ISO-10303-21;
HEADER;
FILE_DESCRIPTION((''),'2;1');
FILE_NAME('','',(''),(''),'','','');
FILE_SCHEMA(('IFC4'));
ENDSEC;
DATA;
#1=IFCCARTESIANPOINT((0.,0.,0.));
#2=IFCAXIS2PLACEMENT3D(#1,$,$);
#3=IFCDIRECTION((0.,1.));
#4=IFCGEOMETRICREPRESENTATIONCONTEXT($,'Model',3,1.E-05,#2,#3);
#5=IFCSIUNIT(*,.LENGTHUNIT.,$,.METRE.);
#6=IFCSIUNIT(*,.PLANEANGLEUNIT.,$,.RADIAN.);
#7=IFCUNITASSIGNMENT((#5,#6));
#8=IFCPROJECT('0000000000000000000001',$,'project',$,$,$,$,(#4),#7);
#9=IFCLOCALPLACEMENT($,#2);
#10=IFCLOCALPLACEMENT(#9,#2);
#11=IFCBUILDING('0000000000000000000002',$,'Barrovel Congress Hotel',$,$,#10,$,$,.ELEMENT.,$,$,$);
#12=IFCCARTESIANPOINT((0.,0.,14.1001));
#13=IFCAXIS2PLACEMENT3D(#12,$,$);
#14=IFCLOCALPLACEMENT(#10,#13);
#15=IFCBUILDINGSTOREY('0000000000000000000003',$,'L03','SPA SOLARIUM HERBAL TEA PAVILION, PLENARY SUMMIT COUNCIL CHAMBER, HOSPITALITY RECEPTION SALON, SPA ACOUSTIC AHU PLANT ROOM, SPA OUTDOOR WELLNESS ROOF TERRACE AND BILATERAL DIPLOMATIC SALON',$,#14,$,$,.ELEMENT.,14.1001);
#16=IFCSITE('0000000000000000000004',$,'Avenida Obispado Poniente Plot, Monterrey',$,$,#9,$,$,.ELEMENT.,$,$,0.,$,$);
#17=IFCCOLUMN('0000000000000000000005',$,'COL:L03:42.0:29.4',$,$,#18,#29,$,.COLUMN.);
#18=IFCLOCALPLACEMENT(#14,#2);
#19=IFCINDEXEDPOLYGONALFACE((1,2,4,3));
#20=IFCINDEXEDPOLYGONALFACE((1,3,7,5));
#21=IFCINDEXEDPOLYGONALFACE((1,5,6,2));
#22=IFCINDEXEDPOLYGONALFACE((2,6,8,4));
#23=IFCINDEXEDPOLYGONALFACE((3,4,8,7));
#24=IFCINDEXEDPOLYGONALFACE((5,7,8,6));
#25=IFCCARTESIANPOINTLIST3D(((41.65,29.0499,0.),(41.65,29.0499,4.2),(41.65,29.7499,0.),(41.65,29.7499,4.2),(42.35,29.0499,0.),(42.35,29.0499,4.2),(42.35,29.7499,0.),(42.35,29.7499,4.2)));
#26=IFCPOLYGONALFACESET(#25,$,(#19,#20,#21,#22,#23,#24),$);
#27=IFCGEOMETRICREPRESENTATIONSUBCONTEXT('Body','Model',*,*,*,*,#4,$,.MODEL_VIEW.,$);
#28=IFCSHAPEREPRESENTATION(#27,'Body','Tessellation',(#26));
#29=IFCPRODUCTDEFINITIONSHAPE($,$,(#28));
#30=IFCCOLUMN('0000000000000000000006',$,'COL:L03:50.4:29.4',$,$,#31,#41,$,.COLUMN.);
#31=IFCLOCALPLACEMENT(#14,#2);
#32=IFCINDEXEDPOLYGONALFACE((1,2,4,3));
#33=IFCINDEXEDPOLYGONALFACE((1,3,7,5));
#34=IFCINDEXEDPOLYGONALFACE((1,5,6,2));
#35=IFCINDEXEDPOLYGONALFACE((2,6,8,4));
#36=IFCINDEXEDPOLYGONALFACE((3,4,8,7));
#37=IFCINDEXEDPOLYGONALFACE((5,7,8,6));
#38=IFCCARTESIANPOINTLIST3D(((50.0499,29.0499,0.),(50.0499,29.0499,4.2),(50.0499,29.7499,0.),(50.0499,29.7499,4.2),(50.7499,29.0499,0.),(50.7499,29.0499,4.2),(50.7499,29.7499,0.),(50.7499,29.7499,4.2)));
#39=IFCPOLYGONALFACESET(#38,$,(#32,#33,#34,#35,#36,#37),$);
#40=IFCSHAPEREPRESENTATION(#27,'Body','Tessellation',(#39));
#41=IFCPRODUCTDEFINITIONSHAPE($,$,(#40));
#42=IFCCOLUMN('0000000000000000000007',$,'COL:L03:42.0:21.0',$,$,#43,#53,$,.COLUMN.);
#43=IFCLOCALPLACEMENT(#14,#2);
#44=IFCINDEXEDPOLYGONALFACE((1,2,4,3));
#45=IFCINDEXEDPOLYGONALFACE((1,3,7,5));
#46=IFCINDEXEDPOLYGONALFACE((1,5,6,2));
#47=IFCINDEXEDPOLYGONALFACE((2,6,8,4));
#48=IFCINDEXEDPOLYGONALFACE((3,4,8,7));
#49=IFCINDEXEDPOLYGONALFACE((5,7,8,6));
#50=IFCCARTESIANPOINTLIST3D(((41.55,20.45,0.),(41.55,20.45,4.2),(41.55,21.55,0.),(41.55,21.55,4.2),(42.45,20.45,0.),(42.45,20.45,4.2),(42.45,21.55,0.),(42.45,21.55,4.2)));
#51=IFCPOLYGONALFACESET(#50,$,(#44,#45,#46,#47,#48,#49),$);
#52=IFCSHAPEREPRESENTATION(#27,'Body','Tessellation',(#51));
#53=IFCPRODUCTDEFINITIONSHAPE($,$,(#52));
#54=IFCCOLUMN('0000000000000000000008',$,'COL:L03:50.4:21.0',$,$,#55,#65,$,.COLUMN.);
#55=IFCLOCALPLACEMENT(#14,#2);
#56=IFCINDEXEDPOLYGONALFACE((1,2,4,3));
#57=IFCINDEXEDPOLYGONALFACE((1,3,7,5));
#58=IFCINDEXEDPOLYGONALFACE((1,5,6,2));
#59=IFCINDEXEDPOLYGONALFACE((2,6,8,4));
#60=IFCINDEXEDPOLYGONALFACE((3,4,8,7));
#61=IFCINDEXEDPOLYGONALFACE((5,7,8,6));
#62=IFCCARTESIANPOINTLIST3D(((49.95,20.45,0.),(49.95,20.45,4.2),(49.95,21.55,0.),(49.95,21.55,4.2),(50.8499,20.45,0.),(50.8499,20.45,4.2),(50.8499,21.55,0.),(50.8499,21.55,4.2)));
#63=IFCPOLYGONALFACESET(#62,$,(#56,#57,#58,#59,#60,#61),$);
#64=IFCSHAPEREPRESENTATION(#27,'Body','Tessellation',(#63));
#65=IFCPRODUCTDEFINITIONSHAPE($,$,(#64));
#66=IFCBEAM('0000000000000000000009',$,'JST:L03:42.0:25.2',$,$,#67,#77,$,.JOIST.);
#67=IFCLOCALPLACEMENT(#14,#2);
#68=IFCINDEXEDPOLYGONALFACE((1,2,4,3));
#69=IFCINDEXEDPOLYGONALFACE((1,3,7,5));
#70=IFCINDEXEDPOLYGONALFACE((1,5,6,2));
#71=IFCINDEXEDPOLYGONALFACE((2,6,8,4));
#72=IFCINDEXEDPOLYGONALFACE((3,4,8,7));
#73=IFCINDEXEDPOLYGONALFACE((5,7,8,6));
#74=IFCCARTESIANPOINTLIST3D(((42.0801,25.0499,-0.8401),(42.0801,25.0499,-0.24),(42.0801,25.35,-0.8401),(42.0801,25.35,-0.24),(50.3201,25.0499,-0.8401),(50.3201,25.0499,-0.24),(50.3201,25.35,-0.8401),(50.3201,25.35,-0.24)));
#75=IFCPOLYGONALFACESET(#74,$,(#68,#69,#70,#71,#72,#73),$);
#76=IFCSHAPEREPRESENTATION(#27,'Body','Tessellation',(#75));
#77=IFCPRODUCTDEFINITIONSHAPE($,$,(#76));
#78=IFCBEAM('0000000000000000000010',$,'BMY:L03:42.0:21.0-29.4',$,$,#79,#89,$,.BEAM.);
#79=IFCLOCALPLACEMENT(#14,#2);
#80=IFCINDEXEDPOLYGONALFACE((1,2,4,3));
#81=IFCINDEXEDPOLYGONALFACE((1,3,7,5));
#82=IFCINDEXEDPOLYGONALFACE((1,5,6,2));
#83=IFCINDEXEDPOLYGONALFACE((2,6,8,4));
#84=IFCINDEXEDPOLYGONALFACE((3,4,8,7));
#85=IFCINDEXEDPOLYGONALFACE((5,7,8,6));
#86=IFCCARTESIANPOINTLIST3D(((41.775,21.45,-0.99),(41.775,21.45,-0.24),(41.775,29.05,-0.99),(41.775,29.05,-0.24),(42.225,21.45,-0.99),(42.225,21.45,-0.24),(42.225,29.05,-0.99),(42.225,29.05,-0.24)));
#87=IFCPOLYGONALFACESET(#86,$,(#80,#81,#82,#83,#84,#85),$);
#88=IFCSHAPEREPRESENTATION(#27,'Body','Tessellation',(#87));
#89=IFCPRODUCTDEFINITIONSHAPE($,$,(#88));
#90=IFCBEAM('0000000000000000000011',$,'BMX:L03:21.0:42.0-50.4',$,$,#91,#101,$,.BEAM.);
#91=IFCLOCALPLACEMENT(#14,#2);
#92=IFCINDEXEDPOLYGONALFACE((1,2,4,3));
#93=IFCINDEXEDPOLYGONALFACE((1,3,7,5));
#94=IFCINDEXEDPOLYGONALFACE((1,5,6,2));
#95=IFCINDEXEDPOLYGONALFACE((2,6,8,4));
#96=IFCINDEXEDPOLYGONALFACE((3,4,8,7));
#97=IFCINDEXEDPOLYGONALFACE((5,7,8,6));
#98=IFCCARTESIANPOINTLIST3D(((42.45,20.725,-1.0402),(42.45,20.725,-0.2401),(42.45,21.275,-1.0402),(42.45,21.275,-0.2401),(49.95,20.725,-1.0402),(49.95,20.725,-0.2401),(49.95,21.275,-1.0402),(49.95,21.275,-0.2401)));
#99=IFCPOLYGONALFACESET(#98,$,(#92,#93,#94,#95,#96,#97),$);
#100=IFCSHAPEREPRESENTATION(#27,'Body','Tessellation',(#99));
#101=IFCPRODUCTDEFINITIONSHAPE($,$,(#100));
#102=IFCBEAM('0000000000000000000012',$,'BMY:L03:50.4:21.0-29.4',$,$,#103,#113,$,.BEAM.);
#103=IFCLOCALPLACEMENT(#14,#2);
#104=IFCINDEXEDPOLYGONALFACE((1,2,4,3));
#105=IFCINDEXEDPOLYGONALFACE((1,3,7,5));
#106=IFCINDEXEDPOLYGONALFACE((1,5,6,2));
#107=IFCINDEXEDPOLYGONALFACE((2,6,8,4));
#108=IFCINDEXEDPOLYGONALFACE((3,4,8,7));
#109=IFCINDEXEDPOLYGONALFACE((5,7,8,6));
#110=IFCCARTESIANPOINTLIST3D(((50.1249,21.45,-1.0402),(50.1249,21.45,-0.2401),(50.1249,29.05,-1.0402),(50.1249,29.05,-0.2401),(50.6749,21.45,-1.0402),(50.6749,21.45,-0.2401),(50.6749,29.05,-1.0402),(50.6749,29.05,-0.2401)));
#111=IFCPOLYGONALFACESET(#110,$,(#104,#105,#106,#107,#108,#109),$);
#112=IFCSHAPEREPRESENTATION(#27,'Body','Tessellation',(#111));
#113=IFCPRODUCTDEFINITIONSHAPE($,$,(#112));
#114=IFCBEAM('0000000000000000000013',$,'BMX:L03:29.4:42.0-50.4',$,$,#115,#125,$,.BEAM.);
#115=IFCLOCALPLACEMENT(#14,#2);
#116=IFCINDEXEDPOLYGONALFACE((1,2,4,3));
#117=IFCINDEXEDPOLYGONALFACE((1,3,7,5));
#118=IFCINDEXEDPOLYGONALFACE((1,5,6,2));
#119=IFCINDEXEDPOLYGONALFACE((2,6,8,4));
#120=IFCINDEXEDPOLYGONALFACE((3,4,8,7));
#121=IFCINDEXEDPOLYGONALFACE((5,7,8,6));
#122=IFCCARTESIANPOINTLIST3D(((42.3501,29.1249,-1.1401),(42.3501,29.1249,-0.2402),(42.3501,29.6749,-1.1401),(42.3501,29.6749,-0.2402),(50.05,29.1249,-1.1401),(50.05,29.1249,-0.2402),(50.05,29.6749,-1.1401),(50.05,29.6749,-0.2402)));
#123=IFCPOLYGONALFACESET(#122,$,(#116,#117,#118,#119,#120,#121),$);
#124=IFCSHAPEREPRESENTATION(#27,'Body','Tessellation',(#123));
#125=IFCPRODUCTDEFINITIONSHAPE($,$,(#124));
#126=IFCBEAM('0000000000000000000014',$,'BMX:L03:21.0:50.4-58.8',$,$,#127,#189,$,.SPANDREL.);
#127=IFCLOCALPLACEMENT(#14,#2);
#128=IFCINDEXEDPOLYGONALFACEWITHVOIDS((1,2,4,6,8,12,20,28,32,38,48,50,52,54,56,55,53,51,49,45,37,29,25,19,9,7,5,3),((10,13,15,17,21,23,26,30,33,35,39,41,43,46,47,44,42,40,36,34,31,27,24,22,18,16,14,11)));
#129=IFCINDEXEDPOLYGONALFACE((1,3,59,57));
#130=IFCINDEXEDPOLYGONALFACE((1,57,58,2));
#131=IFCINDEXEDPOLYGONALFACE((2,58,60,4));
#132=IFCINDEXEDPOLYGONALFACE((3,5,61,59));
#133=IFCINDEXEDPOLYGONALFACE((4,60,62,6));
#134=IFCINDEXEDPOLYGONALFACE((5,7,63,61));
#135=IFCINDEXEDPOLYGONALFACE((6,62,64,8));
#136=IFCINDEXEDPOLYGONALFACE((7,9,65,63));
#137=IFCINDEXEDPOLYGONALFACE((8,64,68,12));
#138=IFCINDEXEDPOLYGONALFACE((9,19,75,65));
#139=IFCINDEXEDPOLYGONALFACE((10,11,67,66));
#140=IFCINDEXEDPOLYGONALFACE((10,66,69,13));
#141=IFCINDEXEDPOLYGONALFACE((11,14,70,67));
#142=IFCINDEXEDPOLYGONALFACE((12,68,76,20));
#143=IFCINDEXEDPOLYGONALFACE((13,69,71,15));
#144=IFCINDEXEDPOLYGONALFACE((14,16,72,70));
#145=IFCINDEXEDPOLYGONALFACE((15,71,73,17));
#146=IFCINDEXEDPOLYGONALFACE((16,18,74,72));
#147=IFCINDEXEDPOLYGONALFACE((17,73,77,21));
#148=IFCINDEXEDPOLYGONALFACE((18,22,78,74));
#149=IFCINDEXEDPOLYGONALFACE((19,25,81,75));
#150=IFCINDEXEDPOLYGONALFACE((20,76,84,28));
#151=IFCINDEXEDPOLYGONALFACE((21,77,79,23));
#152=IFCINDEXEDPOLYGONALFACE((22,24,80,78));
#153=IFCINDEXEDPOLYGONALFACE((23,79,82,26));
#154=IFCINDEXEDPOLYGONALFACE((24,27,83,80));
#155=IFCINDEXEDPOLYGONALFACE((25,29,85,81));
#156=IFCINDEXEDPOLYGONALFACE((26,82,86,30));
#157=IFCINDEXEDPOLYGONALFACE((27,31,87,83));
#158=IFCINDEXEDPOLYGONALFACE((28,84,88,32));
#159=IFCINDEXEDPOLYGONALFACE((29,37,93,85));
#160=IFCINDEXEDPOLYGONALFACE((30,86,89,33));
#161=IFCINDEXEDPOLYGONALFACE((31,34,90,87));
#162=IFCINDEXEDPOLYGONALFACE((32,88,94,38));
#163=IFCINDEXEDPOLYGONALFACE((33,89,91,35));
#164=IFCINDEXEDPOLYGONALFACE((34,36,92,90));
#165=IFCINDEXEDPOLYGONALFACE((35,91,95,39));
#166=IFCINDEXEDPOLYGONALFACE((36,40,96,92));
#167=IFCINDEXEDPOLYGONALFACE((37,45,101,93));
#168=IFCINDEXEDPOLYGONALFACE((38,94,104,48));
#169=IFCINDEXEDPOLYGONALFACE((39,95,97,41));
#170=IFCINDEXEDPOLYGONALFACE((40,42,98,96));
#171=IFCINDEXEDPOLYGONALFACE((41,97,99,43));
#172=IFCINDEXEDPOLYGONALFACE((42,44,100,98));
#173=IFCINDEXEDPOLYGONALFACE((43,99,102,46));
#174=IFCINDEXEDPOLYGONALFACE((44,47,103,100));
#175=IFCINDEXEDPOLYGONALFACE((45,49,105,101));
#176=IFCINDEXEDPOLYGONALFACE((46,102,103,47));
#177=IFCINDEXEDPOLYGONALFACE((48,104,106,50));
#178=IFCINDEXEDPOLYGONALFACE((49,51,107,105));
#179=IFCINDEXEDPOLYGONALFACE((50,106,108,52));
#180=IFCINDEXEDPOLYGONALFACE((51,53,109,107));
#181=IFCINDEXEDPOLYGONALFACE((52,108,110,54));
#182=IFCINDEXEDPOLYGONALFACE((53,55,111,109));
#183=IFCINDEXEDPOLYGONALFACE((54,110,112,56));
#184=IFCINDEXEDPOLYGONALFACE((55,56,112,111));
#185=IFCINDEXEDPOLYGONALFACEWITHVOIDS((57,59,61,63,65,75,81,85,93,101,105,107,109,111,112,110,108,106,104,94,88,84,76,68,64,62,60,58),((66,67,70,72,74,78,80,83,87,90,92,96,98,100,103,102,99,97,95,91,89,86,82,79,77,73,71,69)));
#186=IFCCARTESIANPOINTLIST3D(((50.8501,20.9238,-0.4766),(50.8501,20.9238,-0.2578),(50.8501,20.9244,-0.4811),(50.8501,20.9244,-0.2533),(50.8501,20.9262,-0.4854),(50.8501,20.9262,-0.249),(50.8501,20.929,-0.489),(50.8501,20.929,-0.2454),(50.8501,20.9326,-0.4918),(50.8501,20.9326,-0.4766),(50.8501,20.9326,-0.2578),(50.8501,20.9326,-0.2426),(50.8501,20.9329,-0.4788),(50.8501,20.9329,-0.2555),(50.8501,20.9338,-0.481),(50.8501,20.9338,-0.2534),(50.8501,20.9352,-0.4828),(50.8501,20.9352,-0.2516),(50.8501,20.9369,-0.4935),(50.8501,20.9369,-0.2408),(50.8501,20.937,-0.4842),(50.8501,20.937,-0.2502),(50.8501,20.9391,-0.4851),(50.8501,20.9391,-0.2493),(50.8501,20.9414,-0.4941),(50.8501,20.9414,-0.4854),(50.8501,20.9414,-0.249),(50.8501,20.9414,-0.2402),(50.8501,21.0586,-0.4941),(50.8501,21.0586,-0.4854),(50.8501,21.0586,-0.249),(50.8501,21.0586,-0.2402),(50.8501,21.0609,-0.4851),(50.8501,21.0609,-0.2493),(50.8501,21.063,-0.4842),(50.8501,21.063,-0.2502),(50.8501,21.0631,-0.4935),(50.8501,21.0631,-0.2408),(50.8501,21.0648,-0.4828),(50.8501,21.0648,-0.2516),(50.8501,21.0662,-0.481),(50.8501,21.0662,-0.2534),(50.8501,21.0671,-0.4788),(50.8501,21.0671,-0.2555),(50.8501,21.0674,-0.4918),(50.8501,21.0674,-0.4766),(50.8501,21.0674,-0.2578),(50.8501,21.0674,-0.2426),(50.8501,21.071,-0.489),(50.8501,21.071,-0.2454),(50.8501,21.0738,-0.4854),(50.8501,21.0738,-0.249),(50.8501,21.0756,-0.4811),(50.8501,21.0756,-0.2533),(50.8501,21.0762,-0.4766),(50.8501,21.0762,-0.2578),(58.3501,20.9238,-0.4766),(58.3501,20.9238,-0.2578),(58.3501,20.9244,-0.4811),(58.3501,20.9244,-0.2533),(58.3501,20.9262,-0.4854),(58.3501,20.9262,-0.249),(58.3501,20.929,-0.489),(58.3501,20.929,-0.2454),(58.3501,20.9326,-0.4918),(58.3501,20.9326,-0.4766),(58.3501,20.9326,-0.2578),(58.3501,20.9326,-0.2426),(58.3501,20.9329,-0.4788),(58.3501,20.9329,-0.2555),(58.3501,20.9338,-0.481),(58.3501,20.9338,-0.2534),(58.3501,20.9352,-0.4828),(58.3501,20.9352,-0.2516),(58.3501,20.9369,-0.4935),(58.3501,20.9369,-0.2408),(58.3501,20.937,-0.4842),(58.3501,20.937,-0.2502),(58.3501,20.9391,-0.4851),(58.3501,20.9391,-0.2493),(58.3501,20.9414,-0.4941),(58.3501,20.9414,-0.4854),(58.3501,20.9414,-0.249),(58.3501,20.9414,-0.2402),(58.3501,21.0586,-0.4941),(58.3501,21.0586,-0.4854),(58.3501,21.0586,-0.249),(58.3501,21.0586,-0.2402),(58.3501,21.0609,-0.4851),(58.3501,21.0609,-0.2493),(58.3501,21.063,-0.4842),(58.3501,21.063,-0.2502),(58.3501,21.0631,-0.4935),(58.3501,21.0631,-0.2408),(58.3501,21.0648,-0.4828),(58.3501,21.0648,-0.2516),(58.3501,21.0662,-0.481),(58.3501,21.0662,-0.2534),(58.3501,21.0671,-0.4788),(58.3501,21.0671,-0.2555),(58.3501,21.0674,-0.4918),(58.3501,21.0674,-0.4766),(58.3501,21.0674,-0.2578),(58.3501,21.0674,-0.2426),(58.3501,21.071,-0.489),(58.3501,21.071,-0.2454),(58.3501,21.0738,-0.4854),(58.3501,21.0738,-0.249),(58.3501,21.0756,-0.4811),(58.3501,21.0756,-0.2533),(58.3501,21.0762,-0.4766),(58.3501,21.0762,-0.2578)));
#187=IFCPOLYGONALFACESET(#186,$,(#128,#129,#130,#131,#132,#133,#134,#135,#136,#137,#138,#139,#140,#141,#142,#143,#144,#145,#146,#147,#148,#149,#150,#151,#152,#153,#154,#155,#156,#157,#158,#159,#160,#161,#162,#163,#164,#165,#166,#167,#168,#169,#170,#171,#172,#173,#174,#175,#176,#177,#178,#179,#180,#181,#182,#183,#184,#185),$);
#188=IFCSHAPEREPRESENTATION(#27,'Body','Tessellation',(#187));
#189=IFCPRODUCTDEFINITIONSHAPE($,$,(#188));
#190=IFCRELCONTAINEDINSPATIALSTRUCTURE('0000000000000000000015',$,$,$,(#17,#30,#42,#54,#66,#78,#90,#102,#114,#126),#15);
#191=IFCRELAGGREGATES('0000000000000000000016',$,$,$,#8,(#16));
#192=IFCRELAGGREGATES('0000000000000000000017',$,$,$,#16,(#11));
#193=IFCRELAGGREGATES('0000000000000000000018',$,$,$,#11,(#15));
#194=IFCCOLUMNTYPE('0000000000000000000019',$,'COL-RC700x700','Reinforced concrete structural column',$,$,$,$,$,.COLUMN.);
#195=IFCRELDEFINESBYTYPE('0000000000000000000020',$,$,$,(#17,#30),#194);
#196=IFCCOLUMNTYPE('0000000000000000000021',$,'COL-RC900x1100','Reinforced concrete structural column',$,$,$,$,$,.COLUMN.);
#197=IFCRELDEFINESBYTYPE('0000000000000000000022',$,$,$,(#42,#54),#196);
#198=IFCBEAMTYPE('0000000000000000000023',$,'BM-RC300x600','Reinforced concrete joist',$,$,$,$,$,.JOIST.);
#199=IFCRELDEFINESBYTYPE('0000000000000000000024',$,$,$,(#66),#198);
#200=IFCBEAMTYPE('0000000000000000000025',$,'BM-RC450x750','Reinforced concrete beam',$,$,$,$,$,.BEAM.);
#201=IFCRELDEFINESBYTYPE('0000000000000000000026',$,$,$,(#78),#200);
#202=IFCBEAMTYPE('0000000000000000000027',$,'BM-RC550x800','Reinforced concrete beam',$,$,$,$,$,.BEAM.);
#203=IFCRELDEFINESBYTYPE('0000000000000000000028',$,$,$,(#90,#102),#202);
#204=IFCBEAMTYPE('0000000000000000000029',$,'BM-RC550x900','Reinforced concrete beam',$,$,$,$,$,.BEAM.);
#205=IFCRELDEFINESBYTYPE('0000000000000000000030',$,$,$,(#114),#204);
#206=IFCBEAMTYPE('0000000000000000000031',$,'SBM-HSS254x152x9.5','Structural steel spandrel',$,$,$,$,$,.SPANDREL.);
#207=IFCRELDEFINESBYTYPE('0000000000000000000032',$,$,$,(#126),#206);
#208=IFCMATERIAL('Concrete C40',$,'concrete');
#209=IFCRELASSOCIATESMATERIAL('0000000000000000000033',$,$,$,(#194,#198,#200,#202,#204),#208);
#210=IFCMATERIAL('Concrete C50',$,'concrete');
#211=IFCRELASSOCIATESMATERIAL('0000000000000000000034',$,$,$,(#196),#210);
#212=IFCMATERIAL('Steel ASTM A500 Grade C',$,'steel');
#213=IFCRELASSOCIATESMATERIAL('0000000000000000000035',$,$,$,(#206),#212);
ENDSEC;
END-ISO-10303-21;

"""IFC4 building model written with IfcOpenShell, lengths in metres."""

from ifc_helpers import new_model, si_unit, direction, frame, origin, origin_2d, place, context, subcontext, project, spatial, rectangle, hollow_rectangle, extrude, material, material_profile, profile_set, type_object, element, save


model = new_model("IFC4")

# Units and contexts
model_context = context("Model", 3, precision=1e-05, world=origin(), true_north=direction((0.0, 1.0)))
body_context = subcontext(model_context, "Body", "Model", "MODEL_VIEW")
ifc_project = project(units=[si_unit("LENGTHUNIT", "METRE"), si_unit("PLANEANGLEUNIT", "RADIAN")], contexts=[model_context])

# Site, building, storey
site_placement = place(None, origin())
site = spatial("IfcSite", under=ifc_project, at=site_placement, Name="Avenida Obispado Poniente Plot, Monterrey", CompositionType="ELEMENT", RefElevation=0.0)
building_placement = place(site_placement, origin())
building = spatial("IfcBuilding", under=site, at=building_placement, Name="Barrovel Congress Hotel", CompositionType="ELEMENT")
storey_placement = place(building_placement, frame((0.0, 0.0, 14.1001)))
storey = spatial("IfcBuildingStorey", under=building, at=storey_placement, Name="L03", Description="SPA SOLARIUM HERBAL TEA PAVILION, PLENARY SUMMIT COUNCIL CHAMBER, HOSPITALITY RECEPTION SALON, SPA ACOUSTIC AHU PLANT ROOM, SPA OUTDOOR WELLNESS ROOF TERRACE AND BILATERAL DIPLOMATIC SALON", CompositionType="ELEMENT", Elevation=14.1001)

# Columns
ifc_material_1 = material(Name="Concrete C40", Category="concrete")
ifc_material_profile_1 = material_profile(ifc_material_1, rectangle(XDim=0.7, YDim=0.7, at=origin_2d()), Name="RC700x700")
ifc_profile_set_1 = profile_set([ifc_material_profile_1], Name="Concrete C40")
column_type_1 = type_object("IfcColumnType", Name="COL-RC700x700", Description="Reinforced concrete structural column", PredefinedType="COLUMN", material=ifc_profile_set_1)
for number, where, z_axis, x_axis, name in (
    (1, (42.0, 29.3999, 0.0), (0.0, 0.0, 1.0), (1.0, 0.0, 0.0), "COL:L03:42.0:29.4"),
    (2, (50.3999, 29.3999, 0.0), (0.0, 0.0, 1.0), (1.0, 0.0, 0.0), "COL:L03:50.4:29.4"),
):
    element("IfcColumn", number, at=place(storey_placement, frame(where, z_axis=z_axis, x_axis=x_axis)), inside=storey, type_object=column_type_1, Name=name, PredefinedType="COLUMN", context=body_context, shape_type="SweptSolid", body=[
        extrude(rectangle(XDim=0.7, YDim=0.7, at=origin_2d()), origin(), (0.0, 0.0, 1.0), 4.2),
    ])
ifc_material_2 = material(Name="Concrete C50", Category="concrete")
ifc_material_profile_2 = material_profile(ifc_material_2, rectangle(XDim=0.8999, YDim=1.1001, at=origin_2d()), Name="RC900x1100")
ifc_profile_set_2 = profile_set([ifc_material_profile_2], Name="Concrete C50")
column_type_2 = type_object("IfcColumnType", Name="COL-RC900x1100", Description="Reinforced concrete structural column", PredefinedType="COLUMN", material=ifc_profile_set_2)
for number, where, z_axis, x_axis, name in (
    (3, (42.0, 21.0, 0.0), (0.0, 0.0, 1.0), (1.0, 0.0, 0.0), "COL:L03:42.0:21.0"),
    (4, (50.3999, 21.0, 0.0), (0.0, 0.0, 1.0), (1.0, 0.0, 0.0), "COL:L03:50.4:21.0"),
):
    element("IfcColumn", number, at=place(storey_placement, frame(where, z_axis=z_axis, x_axis=x_axis)), inside=storey, type_object=column_type_2, Name=name, PredefinedType="COLUMN", context=body_context, shape_type="SweptSolid", body=[
        extrude(rectangle(XDim=0.8999, YDim=1.1001, at=origin_2d()), origin(), (0.0, 0.0, 1.0), 4.2),
    ])

# Beams
ifc_material_profile_3 = material_profile(ifc_material_1, rectangle(XDim=0.3, YDim=0.6001, at=origin_2d()), Name="RC300x600")
ifc_profile_set_3 = profile_set([ifc_material_profile_3], Name="Concrete C40")
beam_type_1 = type_object("IfcBeamType", Name="BM-RC300x600", Description="Reinforced concrete joist", PredefinedType="JOIST", material=ifc_profile_set_3)
beam_1_placement = place(storey_placement, frame((42.0801, 25.2, -0.54), z_axis=(1.0, 0.0, 0.0), x_axis=(0.0, 1.0, 0.0)))
element("IfcBeam", 5, at=beam_1_placement, inside=storey, type_object=beam_type_1, Name="JST:L03:42.0:25.2", PredefinedType="JOIST", context=body_context, shape_type="SweptSolid", body=[
    extrude(rectangle(XDim=0.3, YDim=0.6001, at=origin_2d()), origin(), (0.0, 0.0, 1.0), 8.24),
])
ifc_material_profile_4 = material_profile(ifc_material_1, rectangle(XDim=0.45, YDim=0.75, at=origin_2d()), Name="RC450x750")
ifc_profile_set_4 = profile_set([ifc_material_profile_4], Name="Concrete C40")
beam_type_2 = type_object("IfcBeamType", Name="BM-RC450x750", Description="Reinforced concrete beam", PredefinedType="BEAM", material=ifc_profile_set_4)
beam_2_placement = place(storey_placement, frame((42.0, 21.45, -0.615), z_axis=(0.0, 1.0, 0.0), x_axis=(-1.0, 0.0, 0.0)))
element("IfcBeam", 6, at=beam_2_placement, inside=storey, type_object=beam_type_2, Name="BMY:L03:42.0:21.0-29.4", PredefinedType="BEAM", context=body_context, shape_type="SweptSolid", body=[
    extrude(rectangle(XDim=0.45, YDim=0.75, at=origin_2d()), origin(), (0.0, 0.0, 1.0), 7.6001),
])
ifc_material_profile_5 = material_profile(ifc_material_1, rectangle(XDim=0.55, YDim=0.8, at=origin_2d()), Name="RC550x800")
ifc_profile_set_5 = profile_set([ifc_material_profile_5], Name="Concrete C40")
beam_type_3 = type_object("IfcBeamType", Name="BM-RC550x800", Description="Reinforced concrete beam", PredefinedType="BEAM", material=ifc_profile_set_5)
beam_3_placement = place(storey_placement, frame((42.45, 21.0, -0.6401), z_axis=(1.0, 0.0, 0.0), x_axis=(0.0, 1.0, 0.0)))
element("IfcBeam", 7, at=beam_3_placement, inside=storey, type_object=beam_type_3, Name="BMX:L03:21.0:42.0-50.4", PredefinedType="BEAM", context=body_context, shape_type="SweptSolid", body=[
    extrude(rectangle(XDim=0.55, YDim=0.8, at=origin_2d()), origin(), (0.0, 0.0, 1.0), 7.5),
])
beam_4_placement = place(storey_placement, frame((50.3999, 21.45, -0.6401), z_axis=(0.0, 1.0, 0.0), x_axis=(-1.0, 0.0, 0.0)))
element("IfcBeam", 8, at=beam_4_placement, inside=storey, type_object=beam_type_3, Name="BMY:L03:50.4:21.0-29.4", PredefinedType="BEAM", context=body_context, shape_type="SweptSolid", body=[
    extrude(rectangle(XDim=0.55, YDim=0.8, at=origin_2d()), origin(), (0.0, 0.0, 1.0), 7.6001),
])
ifc_material_profile_6 = material_profile(ifc_material_1, rectangle(XDim=0.55, YDim=0.8999, at=origin_2d()), Name="RC550x900")
ifc_profile_set_6 = profile_set([ifc_material_profile_6], Name="Concrete C40")
beam_type_4 = type_object("IfcBeamType", Name="BM-RC550x900", Description="Reinforced concrete beam", PredefinedType="BEAM", material=ifc_profile_set_6)
beam_5_placement = place(storey_placement, frame((42.3501, 29.3999, -0.6902), z_axis=(1.0, 0.0, 0.0), x_axis=(0.0, 1.0, 0.0)))
element("IfcBeam", 9, at=beam_5_placement, inside=storey, type_object=beam_type_4, Name="BMX:L03:29.4:42.0-50.4", PredefinedType="BEAM", context=body_context, shape_type="SweptSolid", body=[
    extrude(rectangle(XDim=0.55, YDim=0.8999, at=origin_2d()), origin(), (0.0, 0.0, 1.0), 7.7),
])
ifc_material_3 = material(Name="Steel ASTM A500 Grade C", Category="steel")
ifc_material_profile_7 = material_profile(ifc_material_3, hollow_rectangle(XDim=0.1523, YDim=0.2539, WallThickness=0.0088, InnerFilletRadius=0.0088, OuterFilletRadius=0.0176, at=origin_2d()), Name="HSS254x152x9.5")
ifc_profile_set_7 = profile_set([ifc_material_profile_7], Name="Steel ASTM A500 Grade C")
beam_type_5 = type_object("IfcBeamType", Name="SBM-HSS254x152x9.5", Description="Structural steel spandrel", PredefinedType="SPANDREL", material=ifc_profile_set_7)
beam_6_placement = place(storey_placement, frame((50.8501, 21.0, -0.3672), z_axis=(1.0, 0.0, 0.0), x_axis=(0.0, 1.0, 0.0)))
element("IfcBeam", 10, at=beam_6_placement, inside=storey, type_object=beam_type_5, Name="BMX:L03:21.0:50.4-58.8", PredefinedType="SPANDREL", context=body_context, shape_type="SweptSolid", body=[
    extrude(hollow_rectangle(XDim=0.1523, YDim=0.2539, WallThickness=0.0088, InnerFilletRadius=0.0088, OuterFilletRadius=0.0176, at=origin_2d()), origin(), (0.0, 0.0, 1.0), 7.5),
])

save(model, "model.ifc")
